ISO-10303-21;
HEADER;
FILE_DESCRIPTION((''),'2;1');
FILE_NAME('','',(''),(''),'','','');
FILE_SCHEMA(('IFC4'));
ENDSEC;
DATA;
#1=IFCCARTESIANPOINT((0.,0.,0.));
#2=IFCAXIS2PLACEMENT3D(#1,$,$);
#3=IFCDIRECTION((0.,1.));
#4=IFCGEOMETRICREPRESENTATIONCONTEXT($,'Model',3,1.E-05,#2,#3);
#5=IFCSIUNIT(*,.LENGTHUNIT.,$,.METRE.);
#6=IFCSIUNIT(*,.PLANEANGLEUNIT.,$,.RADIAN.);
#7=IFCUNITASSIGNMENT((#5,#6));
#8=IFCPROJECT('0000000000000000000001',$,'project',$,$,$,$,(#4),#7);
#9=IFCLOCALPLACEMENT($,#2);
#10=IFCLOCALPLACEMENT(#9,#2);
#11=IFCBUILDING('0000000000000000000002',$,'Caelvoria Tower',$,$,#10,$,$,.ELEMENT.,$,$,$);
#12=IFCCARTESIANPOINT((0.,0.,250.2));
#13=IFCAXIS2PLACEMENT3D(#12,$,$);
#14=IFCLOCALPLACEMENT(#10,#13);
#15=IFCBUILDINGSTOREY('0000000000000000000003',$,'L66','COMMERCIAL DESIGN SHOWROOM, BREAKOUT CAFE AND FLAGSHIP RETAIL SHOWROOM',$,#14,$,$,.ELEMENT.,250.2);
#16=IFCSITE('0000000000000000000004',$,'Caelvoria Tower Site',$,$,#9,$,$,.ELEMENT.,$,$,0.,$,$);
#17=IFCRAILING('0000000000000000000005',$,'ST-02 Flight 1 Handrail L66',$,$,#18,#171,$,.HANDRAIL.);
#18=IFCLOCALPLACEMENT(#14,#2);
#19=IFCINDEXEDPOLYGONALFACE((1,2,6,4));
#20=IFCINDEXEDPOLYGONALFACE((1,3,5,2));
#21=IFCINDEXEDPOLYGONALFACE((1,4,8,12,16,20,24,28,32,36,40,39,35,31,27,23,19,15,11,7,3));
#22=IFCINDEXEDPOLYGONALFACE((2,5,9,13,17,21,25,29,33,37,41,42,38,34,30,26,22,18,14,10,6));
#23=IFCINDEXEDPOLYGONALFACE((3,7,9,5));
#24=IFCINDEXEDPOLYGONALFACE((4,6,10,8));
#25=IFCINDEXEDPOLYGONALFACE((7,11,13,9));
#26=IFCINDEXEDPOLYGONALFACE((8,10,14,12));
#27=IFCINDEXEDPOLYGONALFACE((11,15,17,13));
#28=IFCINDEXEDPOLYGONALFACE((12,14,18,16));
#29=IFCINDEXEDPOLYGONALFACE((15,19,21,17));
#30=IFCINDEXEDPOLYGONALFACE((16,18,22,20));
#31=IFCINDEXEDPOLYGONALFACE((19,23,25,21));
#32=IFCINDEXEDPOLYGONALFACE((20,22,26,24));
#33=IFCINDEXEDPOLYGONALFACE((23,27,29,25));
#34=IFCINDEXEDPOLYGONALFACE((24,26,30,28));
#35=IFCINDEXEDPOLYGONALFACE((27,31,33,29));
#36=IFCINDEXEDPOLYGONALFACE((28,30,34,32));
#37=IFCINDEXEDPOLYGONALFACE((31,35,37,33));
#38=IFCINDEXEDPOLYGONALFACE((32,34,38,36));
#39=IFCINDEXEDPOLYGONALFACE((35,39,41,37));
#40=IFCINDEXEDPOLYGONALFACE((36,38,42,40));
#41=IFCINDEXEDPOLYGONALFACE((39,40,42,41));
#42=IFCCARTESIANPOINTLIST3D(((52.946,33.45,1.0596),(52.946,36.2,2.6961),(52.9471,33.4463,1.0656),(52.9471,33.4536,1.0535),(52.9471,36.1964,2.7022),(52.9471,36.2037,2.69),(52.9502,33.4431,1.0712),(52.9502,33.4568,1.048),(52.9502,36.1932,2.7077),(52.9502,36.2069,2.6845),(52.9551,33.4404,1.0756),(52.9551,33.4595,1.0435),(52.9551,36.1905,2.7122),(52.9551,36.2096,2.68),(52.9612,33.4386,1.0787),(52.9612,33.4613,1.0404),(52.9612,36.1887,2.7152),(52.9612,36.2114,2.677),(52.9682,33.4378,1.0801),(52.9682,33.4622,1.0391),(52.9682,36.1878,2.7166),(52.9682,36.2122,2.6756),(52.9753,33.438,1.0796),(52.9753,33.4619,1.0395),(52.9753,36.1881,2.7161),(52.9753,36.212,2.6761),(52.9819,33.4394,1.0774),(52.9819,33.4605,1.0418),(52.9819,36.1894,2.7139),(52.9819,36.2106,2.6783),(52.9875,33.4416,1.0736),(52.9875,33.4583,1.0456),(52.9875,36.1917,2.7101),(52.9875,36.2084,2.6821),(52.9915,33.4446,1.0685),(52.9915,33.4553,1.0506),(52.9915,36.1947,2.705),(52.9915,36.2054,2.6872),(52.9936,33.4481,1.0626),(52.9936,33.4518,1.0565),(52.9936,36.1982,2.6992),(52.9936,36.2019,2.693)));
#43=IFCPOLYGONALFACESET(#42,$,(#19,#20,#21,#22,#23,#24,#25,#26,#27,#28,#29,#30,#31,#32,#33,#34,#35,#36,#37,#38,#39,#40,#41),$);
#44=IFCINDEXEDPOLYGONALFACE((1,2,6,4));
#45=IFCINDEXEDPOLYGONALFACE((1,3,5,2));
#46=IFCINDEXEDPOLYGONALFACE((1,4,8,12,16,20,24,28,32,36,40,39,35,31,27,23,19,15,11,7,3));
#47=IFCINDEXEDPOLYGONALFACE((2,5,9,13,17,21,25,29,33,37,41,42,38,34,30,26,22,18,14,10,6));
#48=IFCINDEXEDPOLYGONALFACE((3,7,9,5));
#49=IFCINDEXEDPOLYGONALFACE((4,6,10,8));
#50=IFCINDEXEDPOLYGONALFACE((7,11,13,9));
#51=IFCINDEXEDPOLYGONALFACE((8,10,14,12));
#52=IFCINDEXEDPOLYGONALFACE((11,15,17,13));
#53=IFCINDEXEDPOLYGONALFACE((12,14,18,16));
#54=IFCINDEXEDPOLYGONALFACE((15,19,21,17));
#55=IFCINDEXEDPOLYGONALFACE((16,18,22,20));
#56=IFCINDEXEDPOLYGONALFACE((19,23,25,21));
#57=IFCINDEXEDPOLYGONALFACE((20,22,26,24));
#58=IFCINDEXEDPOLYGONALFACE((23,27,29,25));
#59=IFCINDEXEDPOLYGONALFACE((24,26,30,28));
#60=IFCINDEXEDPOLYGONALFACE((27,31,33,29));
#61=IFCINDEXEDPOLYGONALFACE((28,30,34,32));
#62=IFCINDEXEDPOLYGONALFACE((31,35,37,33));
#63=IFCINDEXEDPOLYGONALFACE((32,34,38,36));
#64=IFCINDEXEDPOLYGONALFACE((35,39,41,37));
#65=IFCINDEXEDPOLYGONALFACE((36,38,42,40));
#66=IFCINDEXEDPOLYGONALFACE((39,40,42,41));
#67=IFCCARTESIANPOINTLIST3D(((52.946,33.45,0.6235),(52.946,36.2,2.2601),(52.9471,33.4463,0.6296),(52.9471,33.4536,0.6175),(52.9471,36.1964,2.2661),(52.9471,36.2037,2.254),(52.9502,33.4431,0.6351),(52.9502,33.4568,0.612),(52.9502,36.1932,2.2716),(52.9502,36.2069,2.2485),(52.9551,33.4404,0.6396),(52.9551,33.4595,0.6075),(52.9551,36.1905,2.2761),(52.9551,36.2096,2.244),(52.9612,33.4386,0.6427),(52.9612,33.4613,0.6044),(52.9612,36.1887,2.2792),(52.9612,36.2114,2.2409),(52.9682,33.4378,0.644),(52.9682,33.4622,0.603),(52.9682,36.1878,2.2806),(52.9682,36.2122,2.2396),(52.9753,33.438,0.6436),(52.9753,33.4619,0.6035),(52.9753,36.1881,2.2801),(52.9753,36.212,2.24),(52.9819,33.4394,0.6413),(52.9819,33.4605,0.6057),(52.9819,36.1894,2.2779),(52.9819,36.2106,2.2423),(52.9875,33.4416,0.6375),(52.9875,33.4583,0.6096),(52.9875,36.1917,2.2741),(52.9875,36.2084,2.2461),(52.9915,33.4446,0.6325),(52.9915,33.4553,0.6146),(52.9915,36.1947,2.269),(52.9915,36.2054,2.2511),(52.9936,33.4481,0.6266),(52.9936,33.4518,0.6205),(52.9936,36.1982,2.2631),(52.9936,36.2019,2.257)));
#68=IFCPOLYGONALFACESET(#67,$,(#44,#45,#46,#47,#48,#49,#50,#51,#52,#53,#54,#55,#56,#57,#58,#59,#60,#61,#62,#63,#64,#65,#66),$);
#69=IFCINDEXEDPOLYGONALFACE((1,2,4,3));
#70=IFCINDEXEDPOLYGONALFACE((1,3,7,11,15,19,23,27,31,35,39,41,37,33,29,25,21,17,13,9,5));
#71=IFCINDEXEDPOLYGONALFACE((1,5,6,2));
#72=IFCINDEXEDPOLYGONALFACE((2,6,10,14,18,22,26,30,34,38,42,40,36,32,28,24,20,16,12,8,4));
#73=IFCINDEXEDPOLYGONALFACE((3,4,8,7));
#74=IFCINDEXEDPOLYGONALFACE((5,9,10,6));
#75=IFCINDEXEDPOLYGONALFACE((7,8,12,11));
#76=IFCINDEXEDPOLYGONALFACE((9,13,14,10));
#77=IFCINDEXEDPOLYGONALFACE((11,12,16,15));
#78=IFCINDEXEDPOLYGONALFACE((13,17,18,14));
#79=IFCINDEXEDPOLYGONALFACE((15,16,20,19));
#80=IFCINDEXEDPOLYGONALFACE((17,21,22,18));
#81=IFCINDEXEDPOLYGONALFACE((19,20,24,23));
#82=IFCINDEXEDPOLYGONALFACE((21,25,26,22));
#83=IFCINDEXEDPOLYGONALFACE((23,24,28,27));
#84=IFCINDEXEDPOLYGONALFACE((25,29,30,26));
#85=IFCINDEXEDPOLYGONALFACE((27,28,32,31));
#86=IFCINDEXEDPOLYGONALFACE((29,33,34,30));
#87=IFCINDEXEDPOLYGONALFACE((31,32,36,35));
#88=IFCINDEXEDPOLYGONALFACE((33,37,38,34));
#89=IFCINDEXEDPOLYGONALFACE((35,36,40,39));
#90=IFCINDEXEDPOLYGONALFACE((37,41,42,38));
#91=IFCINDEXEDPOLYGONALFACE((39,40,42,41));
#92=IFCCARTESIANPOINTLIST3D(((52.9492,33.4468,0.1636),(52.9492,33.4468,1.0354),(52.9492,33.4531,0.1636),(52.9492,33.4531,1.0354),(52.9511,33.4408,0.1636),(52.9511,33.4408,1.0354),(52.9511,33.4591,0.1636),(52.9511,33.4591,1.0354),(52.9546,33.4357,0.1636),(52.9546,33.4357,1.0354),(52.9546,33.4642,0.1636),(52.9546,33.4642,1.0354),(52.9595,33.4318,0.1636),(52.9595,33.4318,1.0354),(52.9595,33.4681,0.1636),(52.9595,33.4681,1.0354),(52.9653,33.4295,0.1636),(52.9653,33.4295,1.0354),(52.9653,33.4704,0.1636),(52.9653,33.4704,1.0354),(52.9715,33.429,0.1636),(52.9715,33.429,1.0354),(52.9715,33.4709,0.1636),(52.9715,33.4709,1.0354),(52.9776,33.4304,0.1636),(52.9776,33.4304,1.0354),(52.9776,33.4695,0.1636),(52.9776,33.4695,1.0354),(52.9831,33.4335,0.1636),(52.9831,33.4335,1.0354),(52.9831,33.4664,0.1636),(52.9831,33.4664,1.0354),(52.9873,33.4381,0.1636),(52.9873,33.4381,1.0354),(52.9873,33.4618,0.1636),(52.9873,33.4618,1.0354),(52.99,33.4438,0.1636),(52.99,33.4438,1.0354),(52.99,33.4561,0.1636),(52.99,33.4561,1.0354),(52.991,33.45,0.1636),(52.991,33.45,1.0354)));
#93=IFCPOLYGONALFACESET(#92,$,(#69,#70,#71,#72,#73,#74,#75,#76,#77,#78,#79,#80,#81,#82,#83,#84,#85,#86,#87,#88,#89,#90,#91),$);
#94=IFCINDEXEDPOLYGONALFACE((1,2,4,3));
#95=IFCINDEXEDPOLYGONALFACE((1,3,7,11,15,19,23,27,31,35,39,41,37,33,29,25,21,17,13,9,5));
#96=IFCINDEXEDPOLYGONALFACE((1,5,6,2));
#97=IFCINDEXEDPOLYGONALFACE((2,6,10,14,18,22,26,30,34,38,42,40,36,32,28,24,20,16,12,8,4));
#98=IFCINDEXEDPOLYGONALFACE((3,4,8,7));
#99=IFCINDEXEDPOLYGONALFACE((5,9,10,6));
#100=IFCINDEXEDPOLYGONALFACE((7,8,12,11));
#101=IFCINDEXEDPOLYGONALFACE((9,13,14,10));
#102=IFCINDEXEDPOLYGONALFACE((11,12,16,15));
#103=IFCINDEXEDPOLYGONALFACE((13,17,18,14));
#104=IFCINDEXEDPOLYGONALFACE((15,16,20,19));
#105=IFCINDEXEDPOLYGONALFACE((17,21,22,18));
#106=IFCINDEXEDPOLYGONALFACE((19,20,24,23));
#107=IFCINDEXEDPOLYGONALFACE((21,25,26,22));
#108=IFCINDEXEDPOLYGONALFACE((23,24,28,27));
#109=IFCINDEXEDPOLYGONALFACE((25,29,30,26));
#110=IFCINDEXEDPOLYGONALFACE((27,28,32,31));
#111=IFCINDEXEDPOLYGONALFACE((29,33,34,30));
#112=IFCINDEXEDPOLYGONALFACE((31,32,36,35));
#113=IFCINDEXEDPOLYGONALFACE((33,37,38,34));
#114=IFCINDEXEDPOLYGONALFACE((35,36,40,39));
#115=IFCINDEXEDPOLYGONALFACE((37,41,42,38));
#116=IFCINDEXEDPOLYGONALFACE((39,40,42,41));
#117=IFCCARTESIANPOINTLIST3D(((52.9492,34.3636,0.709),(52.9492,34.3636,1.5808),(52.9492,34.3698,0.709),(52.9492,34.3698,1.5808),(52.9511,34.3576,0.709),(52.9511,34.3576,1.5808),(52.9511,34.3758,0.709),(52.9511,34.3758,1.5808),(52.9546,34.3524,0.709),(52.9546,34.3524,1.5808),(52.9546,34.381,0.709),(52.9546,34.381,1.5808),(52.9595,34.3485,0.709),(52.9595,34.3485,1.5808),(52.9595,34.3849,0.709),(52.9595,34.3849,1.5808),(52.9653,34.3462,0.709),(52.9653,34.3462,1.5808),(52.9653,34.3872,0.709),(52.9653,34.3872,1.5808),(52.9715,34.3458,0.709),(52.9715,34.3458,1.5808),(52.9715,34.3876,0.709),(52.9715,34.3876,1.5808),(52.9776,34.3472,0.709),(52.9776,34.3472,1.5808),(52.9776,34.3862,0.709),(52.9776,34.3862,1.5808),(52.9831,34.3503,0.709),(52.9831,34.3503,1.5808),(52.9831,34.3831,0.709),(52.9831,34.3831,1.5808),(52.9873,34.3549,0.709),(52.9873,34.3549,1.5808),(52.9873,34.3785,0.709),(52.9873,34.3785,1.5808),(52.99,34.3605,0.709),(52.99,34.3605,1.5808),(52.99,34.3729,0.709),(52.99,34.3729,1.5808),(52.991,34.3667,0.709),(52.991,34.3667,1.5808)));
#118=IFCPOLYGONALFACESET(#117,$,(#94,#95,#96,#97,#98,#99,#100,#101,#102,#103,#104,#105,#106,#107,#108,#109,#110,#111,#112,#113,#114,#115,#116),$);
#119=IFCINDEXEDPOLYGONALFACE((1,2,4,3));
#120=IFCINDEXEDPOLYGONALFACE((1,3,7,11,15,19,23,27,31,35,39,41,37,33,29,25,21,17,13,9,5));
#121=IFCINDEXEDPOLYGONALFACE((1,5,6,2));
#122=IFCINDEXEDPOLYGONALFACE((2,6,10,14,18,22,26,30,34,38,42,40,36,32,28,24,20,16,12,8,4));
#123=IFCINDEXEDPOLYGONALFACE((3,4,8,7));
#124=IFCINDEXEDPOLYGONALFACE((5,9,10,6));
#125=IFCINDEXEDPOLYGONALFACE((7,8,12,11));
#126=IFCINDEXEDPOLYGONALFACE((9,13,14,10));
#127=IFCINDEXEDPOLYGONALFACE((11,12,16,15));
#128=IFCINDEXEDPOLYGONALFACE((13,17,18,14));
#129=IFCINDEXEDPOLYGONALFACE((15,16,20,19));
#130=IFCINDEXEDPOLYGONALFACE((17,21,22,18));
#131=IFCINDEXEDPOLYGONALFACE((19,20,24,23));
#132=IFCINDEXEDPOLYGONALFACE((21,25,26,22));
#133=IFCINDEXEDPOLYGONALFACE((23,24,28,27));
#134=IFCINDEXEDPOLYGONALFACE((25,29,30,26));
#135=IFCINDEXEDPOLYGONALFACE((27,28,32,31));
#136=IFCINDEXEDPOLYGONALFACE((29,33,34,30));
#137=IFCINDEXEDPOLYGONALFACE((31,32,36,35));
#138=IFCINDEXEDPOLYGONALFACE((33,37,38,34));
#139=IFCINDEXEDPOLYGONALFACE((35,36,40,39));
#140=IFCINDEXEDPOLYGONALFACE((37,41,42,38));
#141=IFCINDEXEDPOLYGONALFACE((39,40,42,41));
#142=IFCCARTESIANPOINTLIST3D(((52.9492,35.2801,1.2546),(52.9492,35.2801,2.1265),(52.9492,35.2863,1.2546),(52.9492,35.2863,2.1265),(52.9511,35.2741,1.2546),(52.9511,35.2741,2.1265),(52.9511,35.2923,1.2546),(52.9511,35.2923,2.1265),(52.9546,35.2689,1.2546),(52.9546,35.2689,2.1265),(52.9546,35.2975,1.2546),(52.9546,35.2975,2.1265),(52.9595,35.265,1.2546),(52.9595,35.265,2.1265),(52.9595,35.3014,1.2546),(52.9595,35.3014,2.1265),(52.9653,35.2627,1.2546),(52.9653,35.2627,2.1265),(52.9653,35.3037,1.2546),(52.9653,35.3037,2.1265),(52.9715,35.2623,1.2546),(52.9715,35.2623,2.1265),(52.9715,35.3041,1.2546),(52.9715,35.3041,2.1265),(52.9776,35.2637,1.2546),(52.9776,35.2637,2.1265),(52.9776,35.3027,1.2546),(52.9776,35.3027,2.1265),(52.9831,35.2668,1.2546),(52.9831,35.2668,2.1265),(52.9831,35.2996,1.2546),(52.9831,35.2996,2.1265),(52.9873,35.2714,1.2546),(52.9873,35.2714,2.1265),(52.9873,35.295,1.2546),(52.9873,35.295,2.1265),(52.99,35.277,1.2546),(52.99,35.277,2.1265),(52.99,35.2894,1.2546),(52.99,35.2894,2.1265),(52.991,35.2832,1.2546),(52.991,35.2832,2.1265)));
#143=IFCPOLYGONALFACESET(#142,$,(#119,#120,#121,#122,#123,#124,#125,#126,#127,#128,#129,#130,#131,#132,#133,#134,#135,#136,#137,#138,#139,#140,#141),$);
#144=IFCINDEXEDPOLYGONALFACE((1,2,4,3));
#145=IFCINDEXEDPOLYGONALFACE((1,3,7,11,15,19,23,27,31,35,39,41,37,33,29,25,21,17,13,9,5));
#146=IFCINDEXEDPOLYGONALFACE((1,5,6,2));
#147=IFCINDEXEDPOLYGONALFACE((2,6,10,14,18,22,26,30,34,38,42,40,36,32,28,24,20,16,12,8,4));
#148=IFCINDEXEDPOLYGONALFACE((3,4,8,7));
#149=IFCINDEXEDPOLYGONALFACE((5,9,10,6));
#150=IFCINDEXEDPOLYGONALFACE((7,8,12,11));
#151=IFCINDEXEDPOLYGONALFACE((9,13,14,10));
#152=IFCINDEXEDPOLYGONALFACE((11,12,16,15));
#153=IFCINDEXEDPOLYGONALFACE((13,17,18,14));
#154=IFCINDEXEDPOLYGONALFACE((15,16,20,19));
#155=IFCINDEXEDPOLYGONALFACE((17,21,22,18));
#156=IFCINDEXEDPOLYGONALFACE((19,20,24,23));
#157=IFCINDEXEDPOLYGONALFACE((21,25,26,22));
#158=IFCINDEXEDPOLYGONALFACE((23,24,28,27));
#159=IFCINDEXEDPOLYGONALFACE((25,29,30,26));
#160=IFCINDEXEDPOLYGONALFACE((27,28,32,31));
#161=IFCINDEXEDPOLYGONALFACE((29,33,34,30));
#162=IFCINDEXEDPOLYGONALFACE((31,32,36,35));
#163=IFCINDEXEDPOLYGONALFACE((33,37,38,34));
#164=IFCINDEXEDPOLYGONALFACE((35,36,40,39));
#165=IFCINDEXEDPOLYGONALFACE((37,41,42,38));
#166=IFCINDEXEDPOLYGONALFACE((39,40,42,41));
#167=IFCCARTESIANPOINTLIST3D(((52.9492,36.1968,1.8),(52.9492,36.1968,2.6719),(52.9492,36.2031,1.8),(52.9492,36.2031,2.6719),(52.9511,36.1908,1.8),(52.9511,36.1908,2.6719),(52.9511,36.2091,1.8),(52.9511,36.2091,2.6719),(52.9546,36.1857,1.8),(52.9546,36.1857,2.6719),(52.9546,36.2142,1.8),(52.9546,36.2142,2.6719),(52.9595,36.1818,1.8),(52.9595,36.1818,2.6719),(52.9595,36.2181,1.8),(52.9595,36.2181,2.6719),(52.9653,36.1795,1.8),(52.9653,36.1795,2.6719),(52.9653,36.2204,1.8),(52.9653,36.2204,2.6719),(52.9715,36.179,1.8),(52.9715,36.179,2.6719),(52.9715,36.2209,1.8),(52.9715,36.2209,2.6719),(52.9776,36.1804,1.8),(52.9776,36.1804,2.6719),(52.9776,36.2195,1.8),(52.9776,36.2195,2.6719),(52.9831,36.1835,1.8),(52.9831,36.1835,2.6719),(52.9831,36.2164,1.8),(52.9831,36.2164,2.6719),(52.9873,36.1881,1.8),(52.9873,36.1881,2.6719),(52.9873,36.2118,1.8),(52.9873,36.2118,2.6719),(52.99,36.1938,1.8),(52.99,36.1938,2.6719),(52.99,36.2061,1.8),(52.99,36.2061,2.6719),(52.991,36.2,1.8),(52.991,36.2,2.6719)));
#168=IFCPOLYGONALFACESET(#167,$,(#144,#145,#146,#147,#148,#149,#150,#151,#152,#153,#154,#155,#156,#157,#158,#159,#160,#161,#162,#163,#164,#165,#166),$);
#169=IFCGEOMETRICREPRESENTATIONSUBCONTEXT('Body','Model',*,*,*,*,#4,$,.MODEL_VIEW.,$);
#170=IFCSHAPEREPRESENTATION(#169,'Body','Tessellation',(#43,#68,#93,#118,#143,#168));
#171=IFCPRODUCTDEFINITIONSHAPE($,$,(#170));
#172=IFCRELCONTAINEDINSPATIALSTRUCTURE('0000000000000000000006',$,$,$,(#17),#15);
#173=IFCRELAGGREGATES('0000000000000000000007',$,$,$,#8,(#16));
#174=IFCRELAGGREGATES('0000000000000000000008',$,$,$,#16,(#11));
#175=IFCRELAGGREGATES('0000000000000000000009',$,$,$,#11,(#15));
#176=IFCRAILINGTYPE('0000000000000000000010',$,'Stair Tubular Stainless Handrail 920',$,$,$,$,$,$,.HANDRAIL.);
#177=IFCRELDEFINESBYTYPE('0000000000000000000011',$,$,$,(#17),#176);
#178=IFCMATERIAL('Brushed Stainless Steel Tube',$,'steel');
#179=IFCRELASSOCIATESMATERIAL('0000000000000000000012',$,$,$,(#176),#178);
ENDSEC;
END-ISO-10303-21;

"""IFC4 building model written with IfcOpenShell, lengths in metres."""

from ifc_helpers import new_model, si_unit, direction, frame, origin, origin_2d, place, context, subcontext, project, spatial, circle, extrude, material, type_object, element, save


model = new_model("IFC4")

# Units and contexts
model_context = context("Model", 3, precision=1e-05, world=origin(), true_north=direction((0.0, 1.0)))
body_context = subcontext(model_context, "Body", "Model", "MODEL_VIEW")
ifc_project = project(units=[si_unit("LENGTHUNIT", "METRE"), si_unit("PLANEANGLEUNIT", "RADIAN")], contexts=[model_context])

# Site, building, storey
site_placement = place(None, origin())
site = spatial("IfcSite", under=ifc_project, at=site_placement, Name="Caelvoria Tower Site", CompositionType="ELEMENT", RefElevation=0.0)
building_placement = place(site_placement, origin())
building = spatial("IfcBuilding", under=site, at=building_placement, Name="Caelvoria Tower", CompositionType="ELEMENT")
storey_placement = place(building_placement, frame((0.0, 0.0, 250.2)))
storey = spatial("IfcBuildingStorey", under=building, at=storey_placement, Name="L66", Description="COMMERCIAL DESIGN SHOWROOM, BREAKOUT CAFE AND FLAGSHIP RETAIL SHOWROOM", CompositionType="ELEMENT", Elevation=250.2)

# Railing
ifc_material_1 = material(Name="Brushed Stainless Steel Tube", Category="steel")
railing_type_1 = type_object("IfcRailingType", Name="Stair Tubular Stainless Handrail 920", PredefinedType="HANDRAIL", material=ifc_material_1)
railing_1_placement = place(storey_placement, frame((52.97, 33.45, 0.1636)))
element("IfcRailing", 1, at=railing_1_placement, inside=storey, type_object=railing_type_1, Name="ST-02 Flight 1 Handrail L66", PredefinedType="HANDRAIL", context=body_context, shape_type="SweptSolid", body=[
    extrude(circle(Radius=0.0239, at=origin_2d()), frame((0.0, 0.0, 0.896), z_axis=(0.0, 0.859352, 0.511385), x_axis=(-1.0, 0.0, 0.0)), (0.0, 0.0, 1.0), 3.2002),
    extrude(circle(Radius=0.0239, at=origin_2d()), frame((0.0, 0.0, 0.46), z_axis=(0.0, 0.859352, 0.511385), x_axis=(-1.0, 0.0, 0.0)), (0.0, 0.0, 1.0), 3.2002),
    extrude(circle(Radius=0.021, at=origin_2d()), origin(), (0.0, 0.0, 1.0), 0.8718),
    extrude(circle(Radius=0.021, at=origin_2d()), frame((0.0, 0.9167, 0.5454)), (0.0, 0.0, 1.0), 0.8718),
    extrude(circle(Radius=0.021, at=origin_2d()), frame((0.0, 1.8333, 1.0911)), (0.0, 0.0, 1.0), 0.8718),
    extrude(circle(Radius=0.021, at=origin_2d()), frame((0.0, 2.75, 1.6365)), (0.0, 0.0, 1.0), 0.8718),
])

save(model, "model.ifc")
